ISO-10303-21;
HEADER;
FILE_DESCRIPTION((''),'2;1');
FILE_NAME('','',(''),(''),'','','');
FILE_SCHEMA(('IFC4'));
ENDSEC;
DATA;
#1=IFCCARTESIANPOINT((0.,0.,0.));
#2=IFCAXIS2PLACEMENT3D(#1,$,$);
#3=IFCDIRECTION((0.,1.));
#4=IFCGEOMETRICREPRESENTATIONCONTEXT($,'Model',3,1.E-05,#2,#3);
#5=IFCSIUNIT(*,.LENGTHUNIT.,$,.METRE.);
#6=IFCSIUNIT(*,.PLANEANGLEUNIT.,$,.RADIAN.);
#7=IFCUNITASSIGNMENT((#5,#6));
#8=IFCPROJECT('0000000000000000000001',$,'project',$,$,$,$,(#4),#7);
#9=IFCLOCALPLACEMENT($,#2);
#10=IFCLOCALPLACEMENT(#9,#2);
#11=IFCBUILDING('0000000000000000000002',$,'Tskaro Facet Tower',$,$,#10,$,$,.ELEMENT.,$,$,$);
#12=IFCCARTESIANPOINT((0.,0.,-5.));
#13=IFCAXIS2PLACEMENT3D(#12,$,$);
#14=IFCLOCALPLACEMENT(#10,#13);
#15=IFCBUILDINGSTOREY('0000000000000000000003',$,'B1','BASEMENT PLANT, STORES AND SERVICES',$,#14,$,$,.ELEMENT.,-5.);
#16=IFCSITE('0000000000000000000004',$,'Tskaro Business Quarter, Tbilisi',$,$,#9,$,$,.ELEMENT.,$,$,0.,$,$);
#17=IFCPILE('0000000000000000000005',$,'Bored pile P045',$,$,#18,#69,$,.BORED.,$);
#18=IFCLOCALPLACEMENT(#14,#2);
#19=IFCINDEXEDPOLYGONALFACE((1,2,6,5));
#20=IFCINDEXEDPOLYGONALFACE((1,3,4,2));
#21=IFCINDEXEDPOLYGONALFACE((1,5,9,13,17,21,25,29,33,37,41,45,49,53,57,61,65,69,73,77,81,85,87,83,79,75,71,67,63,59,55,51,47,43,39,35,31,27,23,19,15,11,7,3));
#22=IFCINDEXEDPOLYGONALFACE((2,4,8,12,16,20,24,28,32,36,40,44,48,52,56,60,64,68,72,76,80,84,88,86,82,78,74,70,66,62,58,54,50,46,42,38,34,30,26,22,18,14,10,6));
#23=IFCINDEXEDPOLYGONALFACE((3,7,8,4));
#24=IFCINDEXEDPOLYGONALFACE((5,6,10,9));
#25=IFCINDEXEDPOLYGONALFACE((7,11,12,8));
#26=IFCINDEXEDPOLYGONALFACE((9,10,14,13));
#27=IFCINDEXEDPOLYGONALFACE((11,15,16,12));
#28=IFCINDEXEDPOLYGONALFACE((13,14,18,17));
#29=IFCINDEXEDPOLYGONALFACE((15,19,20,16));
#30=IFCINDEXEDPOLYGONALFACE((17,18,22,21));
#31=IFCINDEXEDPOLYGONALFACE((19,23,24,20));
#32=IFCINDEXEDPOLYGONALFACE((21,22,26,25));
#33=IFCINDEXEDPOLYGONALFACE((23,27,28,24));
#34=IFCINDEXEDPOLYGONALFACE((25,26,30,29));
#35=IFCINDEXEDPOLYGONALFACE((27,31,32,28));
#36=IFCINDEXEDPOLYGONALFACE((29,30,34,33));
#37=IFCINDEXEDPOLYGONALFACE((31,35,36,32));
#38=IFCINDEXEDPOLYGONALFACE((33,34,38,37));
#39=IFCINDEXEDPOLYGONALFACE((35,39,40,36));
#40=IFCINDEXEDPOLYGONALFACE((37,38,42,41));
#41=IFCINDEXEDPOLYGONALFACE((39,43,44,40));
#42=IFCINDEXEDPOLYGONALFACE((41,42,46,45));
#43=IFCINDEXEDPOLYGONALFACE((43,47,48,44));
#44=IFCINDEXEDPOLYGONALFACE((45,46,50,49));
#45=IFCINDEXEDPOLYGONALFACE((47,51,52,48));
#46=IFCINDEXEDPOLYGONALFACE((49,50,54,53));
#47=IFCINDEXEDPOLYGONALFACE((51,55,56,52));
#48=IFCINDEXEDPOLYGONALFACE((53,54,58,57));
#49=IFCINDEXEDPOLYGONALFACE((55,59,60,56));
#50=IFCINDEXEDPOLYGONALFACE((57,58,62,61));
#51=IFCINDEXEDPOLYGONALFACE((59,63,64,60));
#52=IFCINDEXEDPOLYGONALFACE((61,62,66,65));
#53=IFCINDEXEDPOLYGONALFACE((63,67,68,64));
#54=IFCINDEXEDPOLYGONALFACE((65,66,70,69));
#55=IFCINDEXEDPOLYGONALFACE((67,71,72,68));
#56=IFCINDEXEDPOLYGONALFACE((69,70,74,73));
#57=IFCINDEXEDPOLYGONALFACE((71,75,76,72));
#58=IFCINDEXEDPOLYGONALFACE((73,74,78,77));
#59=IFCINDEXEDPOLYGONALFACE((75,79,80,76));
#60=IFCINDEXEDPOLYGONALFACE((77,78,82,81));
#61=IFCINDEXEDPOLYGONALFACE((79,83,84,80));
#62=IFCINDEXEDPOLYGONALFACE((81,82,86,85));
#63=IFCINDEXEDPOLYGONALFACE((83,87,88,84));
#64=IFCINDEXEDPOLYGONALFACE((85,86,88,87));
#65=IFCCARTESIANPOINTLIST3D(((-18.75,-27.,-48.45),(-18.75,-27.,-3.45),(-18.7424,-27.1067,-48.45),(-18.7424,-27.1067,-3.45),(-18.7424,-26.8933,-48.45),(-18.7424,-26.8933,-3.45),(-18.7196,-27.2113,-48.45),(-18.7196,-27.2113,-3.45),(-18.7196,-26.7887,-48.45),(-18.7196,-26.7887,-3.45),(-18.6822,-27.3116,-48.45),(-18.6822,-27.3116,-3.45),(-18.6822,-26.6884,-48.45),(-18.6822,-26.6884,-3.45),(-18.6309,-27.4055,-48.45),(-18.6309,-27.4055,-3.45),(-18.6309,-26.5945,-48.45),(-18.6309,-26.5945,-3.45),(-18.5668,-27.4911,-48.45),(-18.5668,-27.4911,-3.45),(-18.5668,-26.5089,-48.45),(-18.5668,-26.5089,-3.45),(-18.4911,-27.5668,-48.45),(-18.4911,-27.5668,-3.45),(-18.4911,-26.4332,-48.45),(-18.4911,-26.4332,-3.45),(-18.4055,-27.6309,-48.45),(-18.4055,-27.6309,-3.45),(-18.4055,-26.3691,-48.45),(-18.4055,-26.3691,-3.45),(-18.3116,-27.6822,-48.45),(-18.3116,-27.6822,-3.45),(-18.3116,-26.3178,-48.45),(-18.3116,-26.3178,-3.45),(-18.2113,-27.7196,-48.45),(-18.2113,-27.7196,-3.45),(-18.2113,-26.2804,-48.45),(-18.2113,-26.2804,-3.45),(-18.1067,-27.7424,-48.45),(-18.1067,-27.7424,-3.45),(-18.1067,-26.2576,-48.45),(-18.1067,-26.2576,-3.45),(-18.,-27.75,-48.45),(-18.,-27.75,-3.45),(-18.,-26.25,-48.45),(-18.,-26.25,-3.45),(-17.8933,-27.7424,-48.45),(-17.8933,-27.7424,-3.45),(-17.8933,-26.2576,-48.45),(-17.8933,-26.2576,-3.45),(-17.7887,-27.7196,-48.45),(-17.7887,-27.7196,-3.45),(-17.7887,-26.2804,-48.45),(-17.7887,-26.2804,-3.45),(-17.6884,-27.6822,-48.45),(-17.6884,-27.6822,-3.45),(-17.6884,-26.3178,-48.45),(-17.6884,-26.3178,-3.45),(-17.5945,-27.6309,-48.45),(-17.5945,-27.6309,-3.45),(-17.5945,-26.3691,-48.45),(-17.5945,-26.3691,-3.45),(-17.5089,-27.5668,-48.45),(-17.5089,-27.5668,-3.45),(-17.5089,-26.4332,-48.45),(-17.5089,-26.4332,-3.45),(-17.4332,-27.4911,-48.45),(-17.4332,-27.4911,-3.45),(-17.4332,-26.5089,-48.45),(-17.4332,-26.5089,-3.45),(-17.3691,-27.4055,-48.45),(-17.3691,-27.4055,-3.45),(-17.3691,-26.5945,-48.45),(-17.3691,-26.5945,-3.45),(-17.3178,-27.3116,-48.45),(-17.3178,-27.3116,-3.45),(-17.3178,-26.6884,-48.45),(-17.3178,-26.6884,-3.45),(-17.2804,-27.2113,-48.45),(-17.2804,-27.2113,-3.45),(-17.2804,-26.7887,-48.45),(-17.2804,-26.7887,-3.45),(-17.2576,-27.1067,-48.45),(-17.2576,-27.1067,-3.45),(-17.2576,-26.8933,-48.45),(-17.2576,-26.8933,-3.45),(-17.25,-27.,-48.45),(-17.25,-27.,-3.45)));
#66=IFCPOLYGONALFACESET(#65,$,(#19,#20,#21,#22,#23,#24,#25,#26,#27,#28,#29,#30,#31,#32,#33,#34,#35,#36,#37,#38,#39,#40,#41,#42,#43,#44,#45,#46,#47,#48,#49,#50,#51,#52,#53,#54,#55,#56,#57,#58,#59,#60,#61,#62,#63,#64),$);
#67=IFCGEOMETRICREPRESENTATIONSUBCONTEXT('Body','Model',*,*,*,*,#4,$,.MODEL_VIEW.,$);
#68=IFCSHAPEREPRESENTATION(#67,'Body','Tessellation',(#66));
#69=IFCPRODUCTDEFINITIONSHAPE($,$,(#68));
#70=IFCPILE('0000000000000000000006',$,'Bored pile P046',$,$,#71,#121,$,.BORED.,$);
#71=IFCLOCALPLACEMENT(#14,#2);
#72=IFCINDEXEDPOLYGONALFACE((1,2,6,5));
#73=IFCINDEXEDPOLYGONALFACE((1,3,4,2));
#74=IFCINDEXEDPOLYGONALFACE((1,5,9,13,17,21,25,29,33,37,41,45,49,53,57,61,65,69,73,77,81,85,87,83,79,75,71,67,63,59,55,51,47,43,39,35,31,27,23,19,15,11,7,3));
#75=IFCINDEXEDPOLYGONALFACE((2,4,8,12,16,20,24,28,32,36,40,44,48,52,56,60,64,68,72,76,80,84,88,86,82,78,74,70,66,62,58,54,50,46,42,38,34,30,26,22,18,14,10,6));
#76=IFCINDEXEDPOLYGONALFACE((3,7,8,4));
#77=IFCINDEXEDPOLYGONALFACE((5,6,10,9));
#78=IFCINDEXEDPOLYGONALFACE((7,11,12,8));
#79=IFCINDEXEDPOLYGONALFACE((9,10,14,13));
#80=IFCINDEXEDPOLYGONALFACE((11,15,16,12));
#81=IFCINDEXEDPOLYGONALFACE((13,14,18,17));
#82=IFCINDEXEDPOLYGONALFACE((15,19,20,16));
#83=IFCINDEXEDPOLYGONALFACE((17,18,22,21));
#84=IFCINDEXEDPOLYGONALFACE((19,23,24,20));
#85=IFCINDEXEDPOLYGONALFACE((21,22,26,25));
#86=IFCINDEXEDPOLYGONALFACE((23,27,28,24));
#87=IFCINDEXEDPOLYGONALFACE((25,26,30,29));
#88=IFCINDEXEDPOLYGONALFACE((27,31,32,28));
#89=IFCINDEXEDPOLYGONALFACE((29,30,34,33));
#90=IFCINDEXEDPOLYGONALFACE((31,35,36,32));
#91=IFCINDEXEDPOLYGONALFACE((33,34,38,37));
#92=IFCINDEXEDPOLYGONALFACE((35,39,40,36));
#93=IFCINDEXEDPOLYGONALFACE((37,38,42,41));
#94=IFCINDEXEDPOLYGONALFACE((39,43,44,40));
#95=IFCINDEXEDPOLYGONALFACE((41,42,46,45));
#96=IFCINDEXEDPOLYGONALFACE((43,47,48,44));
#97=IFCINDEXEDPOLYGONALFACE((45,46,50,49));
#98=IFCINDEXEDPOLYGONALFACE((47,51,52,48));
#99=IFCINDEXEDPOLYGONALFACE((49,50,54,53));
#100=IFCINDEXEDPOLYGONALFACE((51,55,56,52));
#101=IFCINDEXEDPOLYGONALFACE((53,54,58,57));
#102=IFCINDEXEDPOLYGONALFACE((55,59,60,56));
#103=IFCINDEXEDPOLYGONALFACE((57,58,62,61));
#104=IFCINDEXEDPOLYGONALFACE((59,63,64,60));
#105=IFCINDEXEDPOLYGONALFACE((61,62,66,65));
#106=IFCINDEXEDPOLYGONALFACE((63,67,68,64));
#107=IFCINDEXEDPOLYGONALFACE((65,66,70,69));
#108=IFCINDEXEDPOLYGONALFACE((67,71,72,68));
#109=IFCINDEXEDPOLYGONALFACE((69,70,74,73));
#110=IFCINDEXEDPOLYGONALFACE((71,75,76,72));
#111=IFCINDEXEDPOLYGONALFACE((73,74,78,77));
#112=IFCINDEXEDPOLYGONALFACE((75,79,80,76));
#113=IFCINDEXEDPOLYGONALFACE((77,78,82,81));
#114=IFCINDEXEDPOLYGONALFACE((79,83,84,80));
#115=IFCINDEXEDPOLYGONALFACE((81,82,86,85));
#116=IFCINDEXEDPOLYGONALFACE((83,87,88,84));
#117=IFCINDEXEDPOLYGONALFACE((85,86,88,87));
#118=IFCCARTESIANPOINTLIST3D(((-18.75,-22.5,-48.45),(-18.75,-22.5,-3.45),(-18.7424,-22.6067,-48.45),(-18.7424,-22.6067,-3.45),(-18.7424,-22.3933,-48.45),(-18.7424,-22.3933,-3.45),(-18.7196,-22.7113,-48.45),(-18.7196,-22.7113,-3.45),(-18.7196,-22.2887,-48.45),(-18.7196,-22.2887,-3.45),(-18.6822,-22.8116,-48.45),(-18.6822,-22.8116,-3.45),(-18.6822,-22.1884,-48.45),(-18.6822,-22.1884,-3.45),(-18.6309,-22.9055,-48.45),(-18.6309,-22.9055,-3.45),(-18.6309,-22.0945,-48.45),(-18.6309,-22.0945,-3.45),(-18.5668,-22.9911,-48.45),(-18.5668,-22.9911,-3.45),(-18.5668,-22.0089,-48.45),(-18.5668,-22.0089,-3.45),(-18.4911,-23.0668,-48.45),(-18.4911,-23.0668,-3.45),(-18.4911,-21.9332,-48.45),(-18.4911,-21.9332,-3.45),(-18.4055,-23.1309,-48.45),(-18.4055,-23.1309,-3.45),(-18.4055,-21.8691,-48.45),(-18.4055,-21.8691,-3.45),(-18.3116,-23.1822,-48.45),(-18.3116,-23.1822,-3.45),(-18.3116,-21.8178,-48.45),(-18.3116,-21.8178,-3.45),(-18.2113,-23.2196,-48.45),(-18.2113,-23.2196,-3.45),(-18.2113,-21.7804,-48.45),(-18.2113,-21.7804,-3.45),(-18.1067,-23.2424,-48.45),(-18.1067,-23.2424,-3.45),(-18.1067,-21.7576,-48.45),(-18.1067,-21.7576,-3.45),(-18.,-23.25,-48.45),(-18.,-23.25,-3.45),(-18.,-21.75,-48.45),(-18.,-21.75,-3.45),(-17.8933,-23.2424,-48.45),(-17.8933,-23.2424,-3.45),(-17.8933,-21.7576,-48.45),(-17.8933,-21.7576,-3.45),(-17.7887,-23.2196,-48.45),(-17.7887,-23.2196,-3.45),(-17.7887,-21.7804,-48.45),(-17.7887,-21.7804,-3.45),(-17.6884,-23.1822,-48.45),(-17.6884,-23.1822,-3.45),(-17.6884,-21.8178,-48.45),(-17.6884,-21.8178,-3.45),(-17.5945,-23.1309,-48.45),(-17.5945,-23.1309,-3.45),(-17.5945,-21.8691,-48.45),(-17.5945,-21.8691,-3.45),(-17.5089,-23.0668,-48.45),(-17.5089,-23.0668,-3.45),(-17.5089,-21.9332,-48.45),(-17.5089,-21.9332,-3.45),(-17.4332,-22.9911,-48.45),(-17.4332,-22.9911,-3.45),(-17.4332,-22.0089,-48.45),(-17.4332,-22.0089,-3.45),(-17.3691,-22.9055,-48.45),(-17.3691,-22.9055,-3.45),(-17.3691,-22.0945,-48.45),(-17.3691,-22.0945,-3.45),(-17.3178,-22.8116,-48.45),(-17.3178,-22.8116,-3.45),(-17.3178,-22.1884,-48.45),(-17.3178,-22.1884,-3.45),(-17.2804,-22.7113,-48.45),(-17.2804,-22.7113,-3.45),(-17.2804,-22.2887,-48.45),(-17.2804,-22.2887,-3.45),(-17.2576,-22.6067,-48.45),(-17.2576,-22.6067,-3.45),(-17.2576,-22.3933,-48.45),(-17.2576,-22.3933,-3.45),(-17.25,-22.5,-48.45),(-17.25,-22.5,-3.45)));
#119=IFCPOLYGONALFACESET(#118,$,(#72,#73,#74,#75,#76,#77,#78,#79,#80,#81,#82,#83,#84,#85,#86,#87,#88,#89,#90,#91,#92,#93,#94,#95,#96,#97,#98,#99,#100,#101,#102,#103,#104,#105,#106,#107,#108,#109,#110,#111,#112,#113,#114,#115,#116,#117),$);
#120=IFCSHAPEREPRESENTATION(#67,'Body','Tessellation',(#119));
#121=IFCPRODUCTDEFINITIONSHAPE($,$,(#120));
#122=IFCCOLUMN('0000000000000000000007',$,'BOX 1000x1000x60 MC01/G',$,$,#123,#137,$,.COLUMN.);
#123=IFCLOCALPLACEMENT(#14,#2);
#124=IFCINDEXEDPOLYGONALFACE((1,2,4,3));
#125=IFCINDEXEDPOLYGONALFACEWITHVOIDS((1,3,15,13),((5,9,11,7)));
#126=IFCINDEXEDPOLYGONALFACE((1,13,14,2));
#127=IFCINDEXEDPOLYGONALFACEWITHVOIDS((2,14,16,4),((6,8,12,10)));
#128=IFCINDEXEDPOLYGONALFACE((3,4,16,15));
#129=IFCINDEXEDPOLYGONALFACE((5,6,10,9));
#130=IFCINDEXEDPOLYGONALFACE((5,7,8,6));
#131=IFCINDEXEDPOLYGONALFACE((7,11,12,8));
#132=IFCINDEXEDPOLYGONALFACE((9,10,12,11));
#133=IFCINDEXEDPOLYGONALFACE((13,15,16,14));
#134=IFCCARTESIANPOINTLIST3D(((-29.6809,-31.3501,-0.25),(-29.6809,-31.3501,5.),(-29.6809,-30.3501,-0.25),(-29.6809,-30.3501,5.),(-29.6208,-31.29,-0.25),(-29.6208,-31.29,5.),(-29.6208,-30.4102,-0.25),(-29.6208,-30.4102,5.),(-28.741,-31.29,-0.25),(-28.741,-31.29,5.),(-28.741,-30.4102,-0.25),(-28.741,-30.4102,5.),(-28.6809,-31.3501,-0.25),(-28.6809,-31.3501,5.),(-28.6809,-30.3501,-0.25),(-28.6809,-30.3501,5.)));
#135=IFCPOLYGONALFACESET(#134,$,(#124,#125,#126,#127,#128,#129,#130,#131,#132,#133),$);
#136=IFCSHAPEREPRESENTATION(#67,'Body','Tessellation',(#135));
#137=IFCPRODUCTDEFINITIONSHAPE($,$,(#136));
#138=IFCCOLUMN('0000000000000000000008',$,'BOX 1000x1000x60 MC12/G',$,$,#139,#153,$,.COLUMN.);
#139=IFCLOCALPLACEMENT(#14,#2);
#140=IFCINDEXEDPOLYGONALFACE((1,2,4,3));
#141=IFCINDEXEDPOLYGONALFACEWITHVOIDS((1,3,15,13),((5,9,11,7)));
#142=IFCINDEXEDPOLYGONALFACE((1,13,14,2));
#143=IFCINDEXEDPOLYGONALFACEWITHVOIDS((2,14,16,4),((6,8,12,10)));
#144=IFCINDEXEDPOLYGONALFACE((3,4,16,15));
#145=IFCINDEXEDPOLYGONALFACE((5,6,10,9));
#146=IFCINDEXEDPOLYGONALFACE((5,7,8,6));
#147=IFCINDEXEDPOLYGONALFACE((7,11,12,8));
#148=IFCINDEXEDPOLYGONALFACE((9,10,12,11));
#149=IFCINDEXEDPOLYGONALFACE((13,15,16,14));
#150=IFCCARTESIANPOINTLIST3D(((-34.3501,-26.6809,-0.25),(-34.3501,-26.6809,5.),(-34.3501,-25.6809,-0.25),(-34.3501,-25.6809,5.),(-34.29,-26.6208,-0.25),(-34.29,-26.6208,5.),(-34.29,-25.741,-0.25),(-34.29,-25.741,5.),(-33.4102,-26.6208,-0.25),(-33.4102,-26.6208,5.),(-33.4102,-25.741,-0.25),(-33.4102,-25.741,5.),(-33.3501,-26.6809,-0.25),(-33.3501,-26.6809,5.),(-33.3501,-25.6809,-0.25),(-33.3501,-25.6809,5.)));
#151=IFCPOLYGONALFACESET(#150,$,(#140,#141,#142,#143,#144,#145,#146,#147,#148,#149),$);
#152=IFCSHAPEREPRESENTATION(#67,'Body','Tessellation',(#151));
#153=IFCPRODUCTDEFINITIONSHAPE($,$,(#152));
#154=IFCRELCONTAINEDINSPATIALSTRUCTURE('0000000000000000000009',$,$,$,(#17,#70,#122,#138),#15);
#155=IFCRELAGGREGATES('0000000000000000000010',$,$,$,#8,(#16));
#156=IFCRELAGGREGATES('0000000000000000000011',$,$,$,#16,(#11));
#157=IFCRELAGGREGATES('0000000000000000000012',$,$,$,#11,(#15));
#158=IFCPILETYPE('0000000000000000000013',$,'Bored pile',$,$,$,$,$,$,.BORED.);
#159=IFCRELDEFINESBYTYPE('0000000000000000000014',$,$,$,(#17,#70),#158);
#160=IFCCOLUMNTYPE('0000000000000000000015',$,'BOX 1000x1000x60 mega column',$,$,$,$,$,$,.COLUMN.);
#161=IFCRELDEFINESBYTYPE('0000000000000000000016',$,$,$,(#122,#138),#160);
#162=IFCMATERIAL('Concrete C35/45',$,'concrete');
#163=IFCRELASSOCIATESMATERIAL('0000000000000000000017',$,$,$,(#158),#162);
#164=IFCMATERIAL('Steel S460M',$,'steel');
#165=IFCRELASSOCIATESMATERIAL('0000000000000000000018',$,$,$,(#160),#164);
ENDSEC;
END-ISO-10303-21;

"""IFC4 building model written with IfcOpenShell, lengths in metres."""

from ifc_helpers import new_model, si_unit, direction, frame, origin, origin_2d, place, context, subcontext, project, spatial, hollow_rectangle, circle, extrude, material, material_profile, profile_set, type_object, element, save


model = new_model("IFC4")

# Units and contexts
model_context = context("Model", 3, precision=1e-05, world=origin(), true_north=direction((0.0, 1.0)))
body_context = subcontext(model_context, "Body", "Model", "MODEL_VIEW")
ifc_project = project(units=[si_unit("LENGTHUNIT", "METRE"), si_unit("PLANEANGLEUNIT", "RADIAN")], contexts=[model_context])

# Site, building, storey
site_placement = place(None, origin())
site = spatial("IfcSite", under=ifc_project, at=site_placement, Name="Tskaro Business Quarter, Tbilisi", CompositionType="ELEMENT", RefElevation=0.0)
building_placement = place(site_placement, origin())
building = spatial("IfcBuilding", under=site, at=building_placement, Name="Tskaro Facet Tower", CompositionType="ELEMENT")
storey_placement = place(building_placement, frame((0.0, 0.0, -5.0)))
storey = spatial("IfcBuildingStorey", under=building, at=storey_placement, Name="B1", Description="BASEMENT PLANT, STORES AND SERVICES", CompositionType="ELEMENT", Elevation=-5.0)

# Piles
ifc_material_1 = material(Name="Concrete C35/45", Category="concrete")
ifc_material_profile_1 = material_profile(ifc_material_1, circle(Radius=0.75, at=origin_2d()), Name="Bored pile")
ifc_profile_set_1 = profile_set([ifc_material_profile_1], Name="Concrete C35/45")
pile_type = type_object("IfcPileType", Name="Bored pile", PredefinedType="BORED", material=ifc_profile_set_1)
for number, where, z_axis, x_axis, name in (
    (1, (-18.0, -27.0, -3.45), (0.0, 0.0, -1.0), (1.0, 0.0, 0.0), "Bored pile P045"),
    (2, (-18.0, -22.5, -3.45), (0.0, 0.0, -1.0), (1.0, 0.0, 0.0), "Bored pile P046"),
):
    element("IfcPile", number, at=place(storey_placement, frame(where, z_axis=z_axis, x_axis=x_axis)), inside=storey, type_object=pile_type, Name=name, PredefinedType="BORED", context=body_context, shape_type="SweptSolid", body=[
        extrude(circle(Radius=0.75, at=origin_2d()), origin(), (0.0, 0.0, 1.0), 45.0),
    ])

# Columns
ifc_material_2 = material(Name="Steel S460M", Category="steel")
ifc_material_profile_2 = material_profile(ifc_material_2, hollow_rectangle(XDim=1.0, YDim=1.0, WallThickness=0.0601, at=origin_2d()), Name="BOX 1000x1000x60")
ifc_profile_set_2 = profile_set([ifc_material_profile_2], Name="Steel S460M")
column_type_1 = type_object("IfcColumnType", Name="BOX 1000x1000x60 mega column", PredefinedType="COLUMN", material=ifc_profile_set_2)
for number, where, z_axis, x_axis, name in (
    (3, (-29.1809, -30.8501, -0.25), (0.0, 0.0, 1.0), (1.0, 0.0, 0.0), "BOX 1000x1000x60 MC01/G"),
    (4, (-33.8501, -26.1809, -0.25), (0.0, 0.0, 1.0), (1.0, 0.0, 0.0), "BOX 1000x1000x60 MC12/G"),
):
    element("IfcColumn", number, at=place(storey_placement, frame(where, z_axis=z_axis, x_axis=x_axis)), inside=storey, type_object=column_type_1, Name=name, PredefinedType="COLUMN", context=body_context, shape_type="SweptSolid", body=[
        extrude(hollow_rectangle(XDim=1.0, YDim=1.0, WallThickness=0.0601, at=origin_2d()), origin(), (0.0, 0.0, 1.0), 5.25),
    ])

save(model, "model.ifc")
